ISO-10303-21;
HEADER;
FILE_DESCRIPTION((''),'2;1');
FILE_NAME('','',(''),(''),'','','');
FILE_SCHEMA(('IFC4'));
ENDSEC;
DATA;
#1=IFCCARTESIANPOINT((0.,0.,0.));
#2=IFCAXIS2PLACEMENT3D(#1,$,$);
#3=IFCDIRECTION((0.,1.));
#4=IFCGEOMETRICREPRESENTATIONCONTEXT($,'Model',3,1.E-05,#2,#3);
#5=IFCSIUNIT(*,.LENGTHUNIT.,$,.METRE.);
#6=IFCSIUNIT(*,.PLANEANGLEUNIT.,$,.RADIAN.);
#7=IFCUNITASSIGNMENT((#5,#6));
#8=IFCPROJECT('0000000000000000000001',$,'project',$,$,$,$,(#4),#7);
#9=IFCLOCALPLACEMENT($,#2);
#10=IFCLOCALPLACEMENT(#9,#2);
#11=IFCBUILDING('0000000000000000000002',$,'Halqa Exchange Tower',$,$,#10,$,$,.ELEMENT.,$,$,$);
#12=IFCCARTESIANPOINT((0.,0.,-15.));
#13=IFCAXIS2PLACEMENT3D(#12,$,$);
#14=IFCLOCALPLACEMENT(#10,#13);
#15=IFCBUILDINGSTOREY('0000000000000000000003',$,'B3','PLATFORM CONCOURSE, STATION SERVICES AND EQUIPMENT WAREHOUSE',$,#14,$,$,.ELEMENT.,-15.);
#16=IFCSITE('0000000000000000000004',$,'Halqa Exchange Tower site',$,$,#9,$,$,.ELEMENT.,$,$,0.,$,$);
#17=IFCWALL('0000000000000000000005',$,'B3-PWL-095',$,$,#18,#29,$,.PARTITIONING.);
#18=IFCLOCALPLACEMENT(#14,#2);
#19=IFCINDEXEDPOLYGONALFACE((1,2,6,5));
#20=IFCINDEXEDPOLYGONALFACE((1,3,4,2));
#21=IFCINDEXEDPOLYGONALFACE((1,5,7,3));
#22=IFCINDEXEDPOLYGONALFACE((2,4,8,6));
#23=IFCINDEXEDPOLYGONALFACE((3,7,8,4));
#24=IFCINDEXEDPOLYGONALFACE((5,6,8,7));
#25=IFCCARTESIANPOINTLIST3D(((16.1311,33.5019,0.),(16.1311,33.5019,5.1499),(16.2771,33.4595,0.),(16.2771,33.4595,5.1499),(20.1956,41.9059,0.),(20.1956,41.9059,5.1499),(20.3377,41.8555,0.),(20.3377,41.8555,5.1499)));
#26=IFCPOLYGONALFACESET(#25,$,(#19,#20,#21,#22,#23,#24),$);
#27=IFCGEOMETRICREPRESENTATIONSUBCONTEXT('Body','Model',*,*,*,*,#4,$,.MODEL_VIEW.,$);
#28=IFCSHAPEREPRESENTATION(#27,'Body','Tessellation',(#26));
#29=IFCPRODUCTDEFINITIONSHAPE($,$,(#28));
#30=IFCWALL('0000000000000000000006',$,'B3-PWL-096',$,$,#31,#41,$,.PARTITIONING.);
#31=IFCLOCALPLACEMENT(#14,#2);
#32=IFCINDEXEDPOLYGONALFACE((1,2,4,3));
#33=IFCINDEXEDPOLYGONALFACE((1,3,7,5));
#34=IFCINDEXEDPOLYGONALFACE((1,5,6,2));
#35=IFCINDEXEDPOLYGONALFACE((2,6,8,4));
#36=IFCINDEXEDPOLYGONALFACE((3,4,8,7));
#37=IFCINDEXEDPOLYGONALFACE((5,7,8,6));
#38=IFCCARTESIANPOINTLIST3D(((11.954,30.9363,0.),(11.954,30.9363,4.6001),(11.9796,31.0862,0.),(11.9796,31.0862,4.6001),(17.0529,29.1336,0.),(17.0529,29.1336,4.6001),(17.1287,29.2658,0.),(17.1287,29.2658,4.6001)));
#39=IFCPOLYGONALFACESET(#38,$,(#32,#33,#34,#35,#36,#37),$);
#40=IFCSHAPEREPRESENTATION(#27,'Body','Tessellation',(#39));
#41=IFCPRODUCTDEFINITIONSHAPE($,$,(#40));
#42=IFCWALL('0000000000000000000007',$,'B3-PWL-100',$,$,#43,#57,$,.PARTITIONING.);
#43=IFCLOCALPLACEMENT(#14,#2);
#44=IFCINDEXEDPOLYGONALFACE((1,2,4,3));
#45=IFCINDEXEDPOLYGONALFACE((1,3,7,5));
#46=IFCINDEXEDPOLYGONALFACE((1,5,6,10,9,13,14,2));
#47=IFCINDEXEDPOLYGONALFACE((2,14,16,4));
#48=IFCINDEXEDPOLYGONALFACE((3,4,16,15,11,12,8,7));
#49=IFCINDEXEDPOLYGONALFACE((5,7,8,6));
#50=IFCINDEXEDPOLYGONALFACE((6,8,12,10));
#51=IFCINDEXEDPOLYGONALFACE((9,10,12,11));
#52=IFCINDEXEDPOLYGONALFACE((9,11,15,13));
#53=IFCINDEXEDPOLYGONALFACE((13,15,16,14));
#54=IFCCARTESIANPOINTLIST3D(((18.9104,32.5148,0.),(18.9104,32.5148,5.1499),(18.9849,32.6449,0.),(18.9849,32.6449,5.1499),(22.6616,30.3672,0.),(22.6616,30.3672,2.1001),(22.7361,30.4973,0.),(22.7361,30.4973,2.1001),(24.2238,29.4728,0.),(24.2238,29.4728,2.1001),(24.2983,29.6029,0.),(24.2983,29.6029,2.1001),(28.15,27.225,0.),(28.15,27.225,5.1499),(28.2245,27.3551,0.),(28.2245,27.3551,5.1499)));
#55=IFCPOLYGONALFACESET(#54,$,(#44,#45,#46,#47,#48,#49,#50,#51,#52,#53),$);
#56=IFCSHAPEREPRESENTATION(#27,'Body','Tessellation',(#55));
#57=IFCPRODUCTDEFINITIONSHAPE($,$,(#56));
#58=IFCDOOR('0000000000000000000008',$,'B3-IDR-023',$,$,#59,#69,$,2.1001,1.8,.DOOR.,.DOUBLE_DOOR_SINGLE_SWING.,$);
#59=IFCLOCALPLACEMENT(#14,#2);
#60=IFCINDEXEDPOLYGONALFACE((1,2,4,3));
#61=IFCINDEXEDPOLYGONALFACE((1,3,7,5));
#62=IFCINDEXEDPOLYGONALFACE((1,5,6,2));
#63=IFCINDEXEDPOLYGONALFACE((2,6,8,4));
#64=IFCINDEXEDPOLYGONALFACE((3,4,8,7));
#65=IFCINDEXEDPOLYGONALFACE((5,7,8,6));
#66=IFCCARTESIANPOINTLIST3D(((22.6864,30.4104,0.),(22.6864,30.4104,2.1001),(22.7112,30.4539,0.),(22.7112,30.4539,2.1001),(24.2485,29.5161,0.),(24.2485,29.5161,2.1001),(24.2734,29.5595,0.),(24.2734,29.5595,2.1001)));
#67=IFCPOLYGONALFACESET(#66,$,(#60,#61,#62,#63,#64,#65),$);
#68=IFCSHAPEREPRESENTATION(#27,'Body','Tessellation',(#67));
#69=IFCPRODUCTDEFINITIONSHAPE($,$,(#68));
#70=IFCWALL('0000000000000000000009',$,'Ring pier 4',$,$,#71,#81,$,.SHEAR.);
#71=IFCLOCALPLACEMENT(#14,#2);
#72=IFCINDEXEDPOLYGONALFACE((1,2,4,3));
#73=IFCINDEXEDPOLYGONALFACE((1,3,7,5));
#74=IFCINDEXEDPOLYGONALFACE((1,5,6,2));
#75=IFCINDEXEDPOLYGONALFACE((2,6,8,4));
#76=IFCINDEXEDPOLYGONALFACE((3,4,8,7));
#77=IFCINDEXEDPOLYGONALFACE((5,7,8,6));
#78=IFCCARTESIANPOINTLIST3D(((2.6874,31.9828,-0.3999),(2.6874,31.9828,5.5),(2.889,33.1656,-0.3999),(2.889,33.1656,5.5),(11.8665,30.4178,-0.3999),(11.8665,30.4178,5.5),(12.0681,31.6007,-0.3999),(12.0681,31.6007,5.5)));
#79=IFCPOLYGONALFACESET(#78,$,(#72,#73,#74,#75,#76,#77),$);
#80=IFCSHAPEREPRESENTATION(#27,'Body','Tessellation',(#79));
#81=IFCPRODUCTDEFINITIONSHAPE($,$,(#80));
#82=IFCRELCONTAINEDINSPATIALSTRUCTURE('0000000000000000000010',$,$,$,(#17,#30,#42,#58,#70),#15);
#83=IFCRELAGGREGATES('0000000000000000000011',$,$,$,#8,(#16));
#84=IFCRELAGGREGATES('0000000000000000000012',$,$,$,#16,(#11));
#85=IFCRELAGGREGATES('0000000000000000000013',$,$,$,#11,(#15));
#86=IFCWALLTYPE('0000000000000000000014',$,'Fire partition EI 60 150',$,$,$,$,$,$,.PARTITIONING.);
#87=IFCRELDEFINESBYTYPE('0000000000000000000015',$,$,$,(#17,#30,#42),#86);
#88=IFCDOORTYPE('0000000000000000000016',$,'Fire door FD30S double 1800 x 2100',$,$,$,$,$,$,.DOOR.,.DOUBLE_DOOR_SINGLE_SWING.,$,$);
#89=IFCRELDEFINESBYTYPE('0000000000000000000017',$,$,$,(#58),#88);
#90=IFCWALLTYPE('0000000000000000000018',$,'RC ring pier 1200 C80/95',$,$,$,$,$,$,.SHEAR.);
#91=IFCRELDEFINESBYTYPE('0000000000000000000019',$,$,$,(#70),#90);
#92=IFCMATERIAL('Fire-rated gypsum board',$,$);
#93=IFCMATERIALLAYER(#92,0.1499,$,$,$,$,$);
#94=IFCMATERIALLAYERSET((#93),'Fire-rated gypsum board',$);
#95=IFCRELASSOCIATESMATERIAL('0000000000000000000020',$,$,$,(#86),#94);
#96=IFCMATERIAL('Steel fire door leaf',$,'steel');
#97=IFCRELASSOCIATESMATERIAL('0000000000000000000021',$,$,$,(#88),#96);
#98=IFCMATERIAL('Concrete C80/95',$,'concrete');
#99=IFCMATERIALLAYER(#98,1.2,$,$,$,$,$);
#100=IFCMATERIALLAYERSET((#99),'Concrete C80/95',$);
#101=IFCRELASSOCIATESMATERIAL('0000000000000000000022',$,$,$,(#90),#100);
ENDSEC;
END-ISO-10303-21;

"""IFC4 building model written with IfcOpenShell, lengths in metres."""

from ifc_helpers import new_model, si_unit, direction, frame, frame_2d, origin, place, context, subcontext, project, spatial, polyline, rectangle, outline, extrude, material, layer, layer_set, type_object, element, fill, save


model = new_model("IFC4")

# Units and contexts
model_context = context("Model", 3, precision=1e-05, world=origin(), true_north=direction((0.0, 1.0)))
body_context = subcontext(model_context, "Body", "Model", "MODEL_VIEW")
ifc_project = project(units=[si_unit("LENGTHUNIT", "METRE"), si_unit("PLANEANGLEUNIT", "RADIAN")], contexts=[model_context])

# Site, building, storey
site_placement = place(None, origin())
site = spatial("IfcSite", under=ifc_project, at=site_placement, Name="Halqa Exchange Tower site", CompositionType="ELEMENT", RefElevation=0.0)
building_placement = place(site_placement, origin())
building = spatial("IfcBuilding", under=site, at=building_placement, Name="Halqa Exchange Tower", CompositionType="ELEMENT")
storey_placement = place(building_placement, frame((0.0, 0.0, -15.0)))
storey = spatial("IfcBuildingStorey", under=building, at=storey_placement, Name="B3", Description="PLATFORM CONCOURSE, STATION SERVICES AND EQUIPMENT WAREHOUSE", CompositionType="ELEMENT", Elevation=-15.0)

# Walls
ifc_material_1 = material(Name="Fire-rated gypsum board")
ifc_layer_1 = layer(ifc_material_1, 0.1499)
ifc_layer_set_1 = layer_set([ifc_layer_1], Name="Fire-rated gypsum board")
wall_type_1 = type_object("IfcWallType", Name="Fire partition EI 60 150", PredefinedType="PARTITIONING", material=ifc_layer_set_1)
wall_1_placement = place(storey_placement, frame((16.2041, 33.4807, 0.0), z_axis=(0.0, 0.0, 1.0), x_axis=(0.43539, 0.900242, 0.0)))
element("IfcWall", 1, at=wall_1_placement, inside=storey, type_object=wall_type_1, Name="B3-PWL-095", PredefinedType="PARTITIONING", context=body_context, shape_type="SweptSolid", body=[
    extrude(outline(polyline([(0.0127, -0.075), (9.3391, -0.075), (9.3225, 0.075), (-0.0127, 0.075), (0.0127, -0.075)])), origin(), (0.0, 0.0, 1.0), 5.1499),
])
wall_2_placement = place(storey_placement, frame((17.0908, 29.1997, 0.0), z_axis=(0.0, 0.0, 1.0), x_axis=(-0.942814, 0.333318, 0.0)))
element("IfcWall", 2, at=wall_2_placement, inside=storey, type_object=wall_type_1, Name="B3-PWL-096", PredefinedType="PARTITIONING", context=body_context, shape_type="SweptSolid", body=[
    extrude(outline(polyline([(-0.0137, -0.075), (5.4478, -0.075), (5.4219, 0.075), (0.0137, 0.075), (-0.0137, -0.075)])), origin(), (0.0, 0.0, 1.0), 4.6001),
])

# Wall, opening, door
wall_3_placement = place(storey_placement, frame((18.9478, 32.5798, 0.0), z_axis=(0.0, 0.0, 1.0), x_axis=(0.867835, -0.496852, 0.0)))
wall_3 = element("IfcWall", 3, at=wall_3_placement, inside=storey, type_object=wall_type_1, Name="B3-PWL-100", PredefinedType="PARTITIONING", context=body_context, shape_type="SweptSolid", body=[
    extrude(rectangle(XDim=10.6467, YDim=0.1499, at=frame_2d((5.3232, 0.0))), origin(), (0.0, 0.0, 1.0), 5.1499),
])
opening_placement = place(wall_3_placement, frame((4.3225, 0.0, 0.0)))
opening = element("IfcOpeningElement", 4, at=opening_placement, cuts=wall_3, PredefinedType="OPENING", context=body_context, shape_type="SweptSolid", body=[
    extrude(rectangle(XDim=1.8, YDim=2.1001, at=frame_2d((0.8999, 1.05))), frame((0.0, 0.0869, 0.0), z_axis=(0.0, -1.0, 0.0), x_axis=(1.0, 0.0, 0.0)), (0.0, 0.0, 1.0), 0.1738),
])
ifc_material_2 = material(Name="Steel fire door leaf", Category="steel")
door_type = type_object("IfcDoorType", Name="Fire door FD30S double 1800 x 2100", OperationType="DOUBLE_DOOR_SINGLE_SWING", PredefinedType="DOOR", material=ifc_material_2)
door_placement = place(opening_placement, origin())
door = element("IfcDoor", 5, at=door_placement, inside=storey, type_object=door_type, Name="B3-IDR-023", OperationType="DOUBLE_DOOR_SINGLE_SWING", OverallHeight=2.1001, OverallWidth=1.8, PredefinedType="DOOR", context=body_context, shape_type="SweptSolid", body=[
    extrude(rectangle(XDim=1.8, YDim=2.1001, at=frame_2d((0.8999, 1.05))), frame((0.0, 0.0249, 0.0), z_axis=(0.0, -1.0, 0.0), x_axis=(1.0, 0.0, 0.0)), (0.0, 0.0, 1.0), 0.05),
])
fill(opening, door)

# Wall
ifc_material_3 = material(Name="Concrete C80/95", Category="concrete")
ifc_layer_2 = layer(ifc_material_3, 1.2)
ifc_layer_set_2 = layer_set([ifc_layer_2], Name="Concrete C80/95")
wall_type_2 = type_object("IfcWallType", Name="RC ring pier 1200 C80/95", PredefinedType="SHEAR", material=ifc_layer_set_2)
wall_4_placement = place(storey_placement, frame((11.9673, 31.0093, -0.3999), z_axis=(0.0, 0.0, 1.0), x_axis=(-0.985776, 0.168063, 0.0)))
element("IfcWall", 6, at=wall_4_placement, inside=storey, type_object=wall_type_2, Name="Ring pier 4", PredefinedType="SHEAR", context=body_context, shape_type="SweptSolid", body=[
    extrude(rectangle(XDim=9.3115, YDim=1.2, at=frame_2d((4.6558, 0.0))), origin(), (0.0, 0.0, 1.0), 5.8999),
])

save(model, "model.ifc")
